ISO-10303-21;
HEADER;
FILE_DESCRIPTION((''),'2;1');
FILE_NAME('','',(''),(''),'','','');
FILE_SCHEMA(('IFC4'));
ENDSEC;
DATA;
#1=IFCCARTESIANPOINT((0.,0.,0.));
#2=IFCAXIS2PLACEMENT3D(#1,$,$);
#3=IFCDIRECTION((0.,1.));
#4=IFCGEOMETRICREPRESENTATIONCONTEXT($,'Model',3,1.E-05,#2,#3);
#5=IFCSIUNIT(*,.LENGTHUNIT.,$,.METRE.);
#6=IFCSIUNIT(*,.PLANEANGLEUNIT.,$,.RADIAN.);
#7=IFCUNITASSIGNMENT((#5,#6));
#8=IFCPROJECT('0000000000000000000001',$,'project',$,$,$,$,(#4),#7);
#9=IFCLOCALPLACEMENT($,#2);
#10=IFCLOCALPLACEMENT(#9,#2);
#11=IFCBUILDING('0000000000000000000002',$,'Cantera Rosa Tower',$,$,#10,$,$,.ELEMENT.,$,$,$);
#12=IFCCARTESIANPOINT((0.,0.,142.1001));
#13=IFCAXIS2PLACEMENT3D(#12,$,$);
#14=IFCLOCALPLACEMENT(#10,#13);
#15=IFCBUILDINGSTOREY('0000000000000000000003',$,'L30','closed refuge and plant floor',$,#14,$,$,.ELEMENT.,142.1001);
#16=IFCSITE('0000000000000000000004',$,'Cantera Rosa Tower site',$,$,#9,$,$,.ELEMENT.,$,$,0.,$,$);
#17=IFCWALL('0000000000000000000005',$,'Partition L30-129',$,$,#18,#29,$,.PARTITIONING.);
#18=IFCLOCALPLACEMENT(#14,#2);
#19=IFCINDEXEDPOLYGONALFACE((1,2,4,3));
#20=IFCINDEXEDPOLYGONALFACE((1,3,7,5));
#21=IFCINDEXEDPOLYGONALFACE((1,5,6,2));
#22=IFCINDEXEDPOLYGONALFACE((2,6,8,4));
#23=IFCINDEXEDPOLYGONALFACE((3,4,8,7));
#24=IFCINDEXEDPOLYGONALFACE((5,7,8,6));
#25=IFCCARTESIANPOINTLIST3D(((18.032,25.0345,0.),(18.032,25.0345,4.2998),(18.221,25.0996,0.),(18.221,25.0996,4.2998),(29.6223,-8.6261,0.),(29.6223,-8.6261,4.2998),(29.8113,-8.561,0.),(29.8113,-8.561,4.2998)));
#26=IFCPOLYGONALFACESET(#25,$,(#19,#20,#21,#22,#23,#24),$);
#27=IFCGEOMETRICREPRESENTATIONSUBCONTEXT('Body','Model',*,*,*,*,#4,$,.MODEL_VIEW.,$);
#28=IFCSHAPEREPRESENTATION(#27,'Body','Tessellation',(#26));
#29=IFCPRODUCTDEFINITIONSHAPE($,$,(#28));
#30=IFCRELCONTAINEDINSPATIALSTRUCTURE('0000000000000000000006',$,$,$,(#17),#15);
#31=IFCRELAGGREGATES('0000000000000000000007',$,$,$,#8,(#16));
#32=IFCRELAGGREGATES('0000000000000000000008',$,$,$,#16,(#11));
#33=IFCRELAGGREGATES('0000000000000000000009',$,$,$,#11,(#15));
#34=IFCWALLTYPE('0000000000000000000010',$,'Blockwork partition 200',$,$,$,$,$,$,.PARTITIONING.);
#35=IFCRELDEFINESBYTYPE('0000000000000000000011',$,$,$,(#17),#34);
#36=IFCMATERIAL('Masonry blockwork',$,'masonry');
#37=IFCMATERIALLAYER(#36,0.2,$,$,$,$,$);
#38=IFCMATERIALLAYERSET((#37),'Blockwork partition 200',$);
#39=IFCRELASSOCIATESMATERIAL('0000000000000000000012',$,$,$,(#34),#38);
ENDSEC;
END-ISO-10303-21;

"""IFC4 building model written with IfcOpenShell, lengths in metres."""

from ifc_helpers import new_model, si_unit, direction, frame, frame_2d, origin, place, context, subcontext, project, spatial, rectangle, extrude, material, layer, layer_set, type_object, element, save


model = new_model("IFC4")

# Units and contexts
model_context = context("Model", 3, precision=1e-05, world=origin(), true_north=direction((0.0, 1.0)))
body_context = subcontext(model_context, "Body", "Model", "MODEL_VIEW")
ifc_project = project(units=[si_unit("LENGTHUNIT", "METRE"), si_unit("PLANEANGLEUNIT", "RADIAN")], contexts=[model_context])

# Site, building, storey
site_placement = place(None, origin())
site = spatial("IfcSite", under=ifc_project, at=site_placement, Name="Cantera Rosa Tower site", CompositionType="ELEMENT", RefElevation=0.0)
building_placement = place(site_placement, origin())
building = spatial("IfcBuilding", under=site, at=building_placement, Name="Cantera Rosa Tower", CompositionType="ELEMENT")
storey_placement = place(building_placement, frame((0.0, 0.0, 142.1001)))
storey = spatial("IfcBuildingStorey", under=building, at=storey_placement, Name="L30", Description="closed refuge and plant floor", CompositionType="ELEMENT", Elevation=142.1001)

# Wall
ifc_material_1 = material(Name="Masonry blockwork", Category="masonry")
ifc_layer_1 = layer(ifc_material_1, 0.2)
ifc_layer_set_1 = layer_set([ifc_layer_1], Name="Blockwork partition 200")
wall_type = type_object("IfcWallType", Name="Blockwork partition 200", PredefinedType="PARTITIONING", material=ifc_layer_set_1)
wall_placement = place(storey_placement, frame((29.7168, -8.5935, 0.0), z_axis=(0.0, 0.0, 1.0), x_axis=(-0.325569, 0.945518, 0.0)))
element("IfcWall", 1, at=wall_placement, inside=storey, type_object=wall_type, Name="Partition L30-129", PredefinedType="PARTITIONING", context=body_context, shape_type="SweptSolid", body=[
    extrude(rectangle(XDim=35.6001, YDim=0.2, at=frame_2d((17.8, 0.0))), origin(), (0.0, 0.0, 1.0), 4.2998),
])

save(model, "model.ifc")
